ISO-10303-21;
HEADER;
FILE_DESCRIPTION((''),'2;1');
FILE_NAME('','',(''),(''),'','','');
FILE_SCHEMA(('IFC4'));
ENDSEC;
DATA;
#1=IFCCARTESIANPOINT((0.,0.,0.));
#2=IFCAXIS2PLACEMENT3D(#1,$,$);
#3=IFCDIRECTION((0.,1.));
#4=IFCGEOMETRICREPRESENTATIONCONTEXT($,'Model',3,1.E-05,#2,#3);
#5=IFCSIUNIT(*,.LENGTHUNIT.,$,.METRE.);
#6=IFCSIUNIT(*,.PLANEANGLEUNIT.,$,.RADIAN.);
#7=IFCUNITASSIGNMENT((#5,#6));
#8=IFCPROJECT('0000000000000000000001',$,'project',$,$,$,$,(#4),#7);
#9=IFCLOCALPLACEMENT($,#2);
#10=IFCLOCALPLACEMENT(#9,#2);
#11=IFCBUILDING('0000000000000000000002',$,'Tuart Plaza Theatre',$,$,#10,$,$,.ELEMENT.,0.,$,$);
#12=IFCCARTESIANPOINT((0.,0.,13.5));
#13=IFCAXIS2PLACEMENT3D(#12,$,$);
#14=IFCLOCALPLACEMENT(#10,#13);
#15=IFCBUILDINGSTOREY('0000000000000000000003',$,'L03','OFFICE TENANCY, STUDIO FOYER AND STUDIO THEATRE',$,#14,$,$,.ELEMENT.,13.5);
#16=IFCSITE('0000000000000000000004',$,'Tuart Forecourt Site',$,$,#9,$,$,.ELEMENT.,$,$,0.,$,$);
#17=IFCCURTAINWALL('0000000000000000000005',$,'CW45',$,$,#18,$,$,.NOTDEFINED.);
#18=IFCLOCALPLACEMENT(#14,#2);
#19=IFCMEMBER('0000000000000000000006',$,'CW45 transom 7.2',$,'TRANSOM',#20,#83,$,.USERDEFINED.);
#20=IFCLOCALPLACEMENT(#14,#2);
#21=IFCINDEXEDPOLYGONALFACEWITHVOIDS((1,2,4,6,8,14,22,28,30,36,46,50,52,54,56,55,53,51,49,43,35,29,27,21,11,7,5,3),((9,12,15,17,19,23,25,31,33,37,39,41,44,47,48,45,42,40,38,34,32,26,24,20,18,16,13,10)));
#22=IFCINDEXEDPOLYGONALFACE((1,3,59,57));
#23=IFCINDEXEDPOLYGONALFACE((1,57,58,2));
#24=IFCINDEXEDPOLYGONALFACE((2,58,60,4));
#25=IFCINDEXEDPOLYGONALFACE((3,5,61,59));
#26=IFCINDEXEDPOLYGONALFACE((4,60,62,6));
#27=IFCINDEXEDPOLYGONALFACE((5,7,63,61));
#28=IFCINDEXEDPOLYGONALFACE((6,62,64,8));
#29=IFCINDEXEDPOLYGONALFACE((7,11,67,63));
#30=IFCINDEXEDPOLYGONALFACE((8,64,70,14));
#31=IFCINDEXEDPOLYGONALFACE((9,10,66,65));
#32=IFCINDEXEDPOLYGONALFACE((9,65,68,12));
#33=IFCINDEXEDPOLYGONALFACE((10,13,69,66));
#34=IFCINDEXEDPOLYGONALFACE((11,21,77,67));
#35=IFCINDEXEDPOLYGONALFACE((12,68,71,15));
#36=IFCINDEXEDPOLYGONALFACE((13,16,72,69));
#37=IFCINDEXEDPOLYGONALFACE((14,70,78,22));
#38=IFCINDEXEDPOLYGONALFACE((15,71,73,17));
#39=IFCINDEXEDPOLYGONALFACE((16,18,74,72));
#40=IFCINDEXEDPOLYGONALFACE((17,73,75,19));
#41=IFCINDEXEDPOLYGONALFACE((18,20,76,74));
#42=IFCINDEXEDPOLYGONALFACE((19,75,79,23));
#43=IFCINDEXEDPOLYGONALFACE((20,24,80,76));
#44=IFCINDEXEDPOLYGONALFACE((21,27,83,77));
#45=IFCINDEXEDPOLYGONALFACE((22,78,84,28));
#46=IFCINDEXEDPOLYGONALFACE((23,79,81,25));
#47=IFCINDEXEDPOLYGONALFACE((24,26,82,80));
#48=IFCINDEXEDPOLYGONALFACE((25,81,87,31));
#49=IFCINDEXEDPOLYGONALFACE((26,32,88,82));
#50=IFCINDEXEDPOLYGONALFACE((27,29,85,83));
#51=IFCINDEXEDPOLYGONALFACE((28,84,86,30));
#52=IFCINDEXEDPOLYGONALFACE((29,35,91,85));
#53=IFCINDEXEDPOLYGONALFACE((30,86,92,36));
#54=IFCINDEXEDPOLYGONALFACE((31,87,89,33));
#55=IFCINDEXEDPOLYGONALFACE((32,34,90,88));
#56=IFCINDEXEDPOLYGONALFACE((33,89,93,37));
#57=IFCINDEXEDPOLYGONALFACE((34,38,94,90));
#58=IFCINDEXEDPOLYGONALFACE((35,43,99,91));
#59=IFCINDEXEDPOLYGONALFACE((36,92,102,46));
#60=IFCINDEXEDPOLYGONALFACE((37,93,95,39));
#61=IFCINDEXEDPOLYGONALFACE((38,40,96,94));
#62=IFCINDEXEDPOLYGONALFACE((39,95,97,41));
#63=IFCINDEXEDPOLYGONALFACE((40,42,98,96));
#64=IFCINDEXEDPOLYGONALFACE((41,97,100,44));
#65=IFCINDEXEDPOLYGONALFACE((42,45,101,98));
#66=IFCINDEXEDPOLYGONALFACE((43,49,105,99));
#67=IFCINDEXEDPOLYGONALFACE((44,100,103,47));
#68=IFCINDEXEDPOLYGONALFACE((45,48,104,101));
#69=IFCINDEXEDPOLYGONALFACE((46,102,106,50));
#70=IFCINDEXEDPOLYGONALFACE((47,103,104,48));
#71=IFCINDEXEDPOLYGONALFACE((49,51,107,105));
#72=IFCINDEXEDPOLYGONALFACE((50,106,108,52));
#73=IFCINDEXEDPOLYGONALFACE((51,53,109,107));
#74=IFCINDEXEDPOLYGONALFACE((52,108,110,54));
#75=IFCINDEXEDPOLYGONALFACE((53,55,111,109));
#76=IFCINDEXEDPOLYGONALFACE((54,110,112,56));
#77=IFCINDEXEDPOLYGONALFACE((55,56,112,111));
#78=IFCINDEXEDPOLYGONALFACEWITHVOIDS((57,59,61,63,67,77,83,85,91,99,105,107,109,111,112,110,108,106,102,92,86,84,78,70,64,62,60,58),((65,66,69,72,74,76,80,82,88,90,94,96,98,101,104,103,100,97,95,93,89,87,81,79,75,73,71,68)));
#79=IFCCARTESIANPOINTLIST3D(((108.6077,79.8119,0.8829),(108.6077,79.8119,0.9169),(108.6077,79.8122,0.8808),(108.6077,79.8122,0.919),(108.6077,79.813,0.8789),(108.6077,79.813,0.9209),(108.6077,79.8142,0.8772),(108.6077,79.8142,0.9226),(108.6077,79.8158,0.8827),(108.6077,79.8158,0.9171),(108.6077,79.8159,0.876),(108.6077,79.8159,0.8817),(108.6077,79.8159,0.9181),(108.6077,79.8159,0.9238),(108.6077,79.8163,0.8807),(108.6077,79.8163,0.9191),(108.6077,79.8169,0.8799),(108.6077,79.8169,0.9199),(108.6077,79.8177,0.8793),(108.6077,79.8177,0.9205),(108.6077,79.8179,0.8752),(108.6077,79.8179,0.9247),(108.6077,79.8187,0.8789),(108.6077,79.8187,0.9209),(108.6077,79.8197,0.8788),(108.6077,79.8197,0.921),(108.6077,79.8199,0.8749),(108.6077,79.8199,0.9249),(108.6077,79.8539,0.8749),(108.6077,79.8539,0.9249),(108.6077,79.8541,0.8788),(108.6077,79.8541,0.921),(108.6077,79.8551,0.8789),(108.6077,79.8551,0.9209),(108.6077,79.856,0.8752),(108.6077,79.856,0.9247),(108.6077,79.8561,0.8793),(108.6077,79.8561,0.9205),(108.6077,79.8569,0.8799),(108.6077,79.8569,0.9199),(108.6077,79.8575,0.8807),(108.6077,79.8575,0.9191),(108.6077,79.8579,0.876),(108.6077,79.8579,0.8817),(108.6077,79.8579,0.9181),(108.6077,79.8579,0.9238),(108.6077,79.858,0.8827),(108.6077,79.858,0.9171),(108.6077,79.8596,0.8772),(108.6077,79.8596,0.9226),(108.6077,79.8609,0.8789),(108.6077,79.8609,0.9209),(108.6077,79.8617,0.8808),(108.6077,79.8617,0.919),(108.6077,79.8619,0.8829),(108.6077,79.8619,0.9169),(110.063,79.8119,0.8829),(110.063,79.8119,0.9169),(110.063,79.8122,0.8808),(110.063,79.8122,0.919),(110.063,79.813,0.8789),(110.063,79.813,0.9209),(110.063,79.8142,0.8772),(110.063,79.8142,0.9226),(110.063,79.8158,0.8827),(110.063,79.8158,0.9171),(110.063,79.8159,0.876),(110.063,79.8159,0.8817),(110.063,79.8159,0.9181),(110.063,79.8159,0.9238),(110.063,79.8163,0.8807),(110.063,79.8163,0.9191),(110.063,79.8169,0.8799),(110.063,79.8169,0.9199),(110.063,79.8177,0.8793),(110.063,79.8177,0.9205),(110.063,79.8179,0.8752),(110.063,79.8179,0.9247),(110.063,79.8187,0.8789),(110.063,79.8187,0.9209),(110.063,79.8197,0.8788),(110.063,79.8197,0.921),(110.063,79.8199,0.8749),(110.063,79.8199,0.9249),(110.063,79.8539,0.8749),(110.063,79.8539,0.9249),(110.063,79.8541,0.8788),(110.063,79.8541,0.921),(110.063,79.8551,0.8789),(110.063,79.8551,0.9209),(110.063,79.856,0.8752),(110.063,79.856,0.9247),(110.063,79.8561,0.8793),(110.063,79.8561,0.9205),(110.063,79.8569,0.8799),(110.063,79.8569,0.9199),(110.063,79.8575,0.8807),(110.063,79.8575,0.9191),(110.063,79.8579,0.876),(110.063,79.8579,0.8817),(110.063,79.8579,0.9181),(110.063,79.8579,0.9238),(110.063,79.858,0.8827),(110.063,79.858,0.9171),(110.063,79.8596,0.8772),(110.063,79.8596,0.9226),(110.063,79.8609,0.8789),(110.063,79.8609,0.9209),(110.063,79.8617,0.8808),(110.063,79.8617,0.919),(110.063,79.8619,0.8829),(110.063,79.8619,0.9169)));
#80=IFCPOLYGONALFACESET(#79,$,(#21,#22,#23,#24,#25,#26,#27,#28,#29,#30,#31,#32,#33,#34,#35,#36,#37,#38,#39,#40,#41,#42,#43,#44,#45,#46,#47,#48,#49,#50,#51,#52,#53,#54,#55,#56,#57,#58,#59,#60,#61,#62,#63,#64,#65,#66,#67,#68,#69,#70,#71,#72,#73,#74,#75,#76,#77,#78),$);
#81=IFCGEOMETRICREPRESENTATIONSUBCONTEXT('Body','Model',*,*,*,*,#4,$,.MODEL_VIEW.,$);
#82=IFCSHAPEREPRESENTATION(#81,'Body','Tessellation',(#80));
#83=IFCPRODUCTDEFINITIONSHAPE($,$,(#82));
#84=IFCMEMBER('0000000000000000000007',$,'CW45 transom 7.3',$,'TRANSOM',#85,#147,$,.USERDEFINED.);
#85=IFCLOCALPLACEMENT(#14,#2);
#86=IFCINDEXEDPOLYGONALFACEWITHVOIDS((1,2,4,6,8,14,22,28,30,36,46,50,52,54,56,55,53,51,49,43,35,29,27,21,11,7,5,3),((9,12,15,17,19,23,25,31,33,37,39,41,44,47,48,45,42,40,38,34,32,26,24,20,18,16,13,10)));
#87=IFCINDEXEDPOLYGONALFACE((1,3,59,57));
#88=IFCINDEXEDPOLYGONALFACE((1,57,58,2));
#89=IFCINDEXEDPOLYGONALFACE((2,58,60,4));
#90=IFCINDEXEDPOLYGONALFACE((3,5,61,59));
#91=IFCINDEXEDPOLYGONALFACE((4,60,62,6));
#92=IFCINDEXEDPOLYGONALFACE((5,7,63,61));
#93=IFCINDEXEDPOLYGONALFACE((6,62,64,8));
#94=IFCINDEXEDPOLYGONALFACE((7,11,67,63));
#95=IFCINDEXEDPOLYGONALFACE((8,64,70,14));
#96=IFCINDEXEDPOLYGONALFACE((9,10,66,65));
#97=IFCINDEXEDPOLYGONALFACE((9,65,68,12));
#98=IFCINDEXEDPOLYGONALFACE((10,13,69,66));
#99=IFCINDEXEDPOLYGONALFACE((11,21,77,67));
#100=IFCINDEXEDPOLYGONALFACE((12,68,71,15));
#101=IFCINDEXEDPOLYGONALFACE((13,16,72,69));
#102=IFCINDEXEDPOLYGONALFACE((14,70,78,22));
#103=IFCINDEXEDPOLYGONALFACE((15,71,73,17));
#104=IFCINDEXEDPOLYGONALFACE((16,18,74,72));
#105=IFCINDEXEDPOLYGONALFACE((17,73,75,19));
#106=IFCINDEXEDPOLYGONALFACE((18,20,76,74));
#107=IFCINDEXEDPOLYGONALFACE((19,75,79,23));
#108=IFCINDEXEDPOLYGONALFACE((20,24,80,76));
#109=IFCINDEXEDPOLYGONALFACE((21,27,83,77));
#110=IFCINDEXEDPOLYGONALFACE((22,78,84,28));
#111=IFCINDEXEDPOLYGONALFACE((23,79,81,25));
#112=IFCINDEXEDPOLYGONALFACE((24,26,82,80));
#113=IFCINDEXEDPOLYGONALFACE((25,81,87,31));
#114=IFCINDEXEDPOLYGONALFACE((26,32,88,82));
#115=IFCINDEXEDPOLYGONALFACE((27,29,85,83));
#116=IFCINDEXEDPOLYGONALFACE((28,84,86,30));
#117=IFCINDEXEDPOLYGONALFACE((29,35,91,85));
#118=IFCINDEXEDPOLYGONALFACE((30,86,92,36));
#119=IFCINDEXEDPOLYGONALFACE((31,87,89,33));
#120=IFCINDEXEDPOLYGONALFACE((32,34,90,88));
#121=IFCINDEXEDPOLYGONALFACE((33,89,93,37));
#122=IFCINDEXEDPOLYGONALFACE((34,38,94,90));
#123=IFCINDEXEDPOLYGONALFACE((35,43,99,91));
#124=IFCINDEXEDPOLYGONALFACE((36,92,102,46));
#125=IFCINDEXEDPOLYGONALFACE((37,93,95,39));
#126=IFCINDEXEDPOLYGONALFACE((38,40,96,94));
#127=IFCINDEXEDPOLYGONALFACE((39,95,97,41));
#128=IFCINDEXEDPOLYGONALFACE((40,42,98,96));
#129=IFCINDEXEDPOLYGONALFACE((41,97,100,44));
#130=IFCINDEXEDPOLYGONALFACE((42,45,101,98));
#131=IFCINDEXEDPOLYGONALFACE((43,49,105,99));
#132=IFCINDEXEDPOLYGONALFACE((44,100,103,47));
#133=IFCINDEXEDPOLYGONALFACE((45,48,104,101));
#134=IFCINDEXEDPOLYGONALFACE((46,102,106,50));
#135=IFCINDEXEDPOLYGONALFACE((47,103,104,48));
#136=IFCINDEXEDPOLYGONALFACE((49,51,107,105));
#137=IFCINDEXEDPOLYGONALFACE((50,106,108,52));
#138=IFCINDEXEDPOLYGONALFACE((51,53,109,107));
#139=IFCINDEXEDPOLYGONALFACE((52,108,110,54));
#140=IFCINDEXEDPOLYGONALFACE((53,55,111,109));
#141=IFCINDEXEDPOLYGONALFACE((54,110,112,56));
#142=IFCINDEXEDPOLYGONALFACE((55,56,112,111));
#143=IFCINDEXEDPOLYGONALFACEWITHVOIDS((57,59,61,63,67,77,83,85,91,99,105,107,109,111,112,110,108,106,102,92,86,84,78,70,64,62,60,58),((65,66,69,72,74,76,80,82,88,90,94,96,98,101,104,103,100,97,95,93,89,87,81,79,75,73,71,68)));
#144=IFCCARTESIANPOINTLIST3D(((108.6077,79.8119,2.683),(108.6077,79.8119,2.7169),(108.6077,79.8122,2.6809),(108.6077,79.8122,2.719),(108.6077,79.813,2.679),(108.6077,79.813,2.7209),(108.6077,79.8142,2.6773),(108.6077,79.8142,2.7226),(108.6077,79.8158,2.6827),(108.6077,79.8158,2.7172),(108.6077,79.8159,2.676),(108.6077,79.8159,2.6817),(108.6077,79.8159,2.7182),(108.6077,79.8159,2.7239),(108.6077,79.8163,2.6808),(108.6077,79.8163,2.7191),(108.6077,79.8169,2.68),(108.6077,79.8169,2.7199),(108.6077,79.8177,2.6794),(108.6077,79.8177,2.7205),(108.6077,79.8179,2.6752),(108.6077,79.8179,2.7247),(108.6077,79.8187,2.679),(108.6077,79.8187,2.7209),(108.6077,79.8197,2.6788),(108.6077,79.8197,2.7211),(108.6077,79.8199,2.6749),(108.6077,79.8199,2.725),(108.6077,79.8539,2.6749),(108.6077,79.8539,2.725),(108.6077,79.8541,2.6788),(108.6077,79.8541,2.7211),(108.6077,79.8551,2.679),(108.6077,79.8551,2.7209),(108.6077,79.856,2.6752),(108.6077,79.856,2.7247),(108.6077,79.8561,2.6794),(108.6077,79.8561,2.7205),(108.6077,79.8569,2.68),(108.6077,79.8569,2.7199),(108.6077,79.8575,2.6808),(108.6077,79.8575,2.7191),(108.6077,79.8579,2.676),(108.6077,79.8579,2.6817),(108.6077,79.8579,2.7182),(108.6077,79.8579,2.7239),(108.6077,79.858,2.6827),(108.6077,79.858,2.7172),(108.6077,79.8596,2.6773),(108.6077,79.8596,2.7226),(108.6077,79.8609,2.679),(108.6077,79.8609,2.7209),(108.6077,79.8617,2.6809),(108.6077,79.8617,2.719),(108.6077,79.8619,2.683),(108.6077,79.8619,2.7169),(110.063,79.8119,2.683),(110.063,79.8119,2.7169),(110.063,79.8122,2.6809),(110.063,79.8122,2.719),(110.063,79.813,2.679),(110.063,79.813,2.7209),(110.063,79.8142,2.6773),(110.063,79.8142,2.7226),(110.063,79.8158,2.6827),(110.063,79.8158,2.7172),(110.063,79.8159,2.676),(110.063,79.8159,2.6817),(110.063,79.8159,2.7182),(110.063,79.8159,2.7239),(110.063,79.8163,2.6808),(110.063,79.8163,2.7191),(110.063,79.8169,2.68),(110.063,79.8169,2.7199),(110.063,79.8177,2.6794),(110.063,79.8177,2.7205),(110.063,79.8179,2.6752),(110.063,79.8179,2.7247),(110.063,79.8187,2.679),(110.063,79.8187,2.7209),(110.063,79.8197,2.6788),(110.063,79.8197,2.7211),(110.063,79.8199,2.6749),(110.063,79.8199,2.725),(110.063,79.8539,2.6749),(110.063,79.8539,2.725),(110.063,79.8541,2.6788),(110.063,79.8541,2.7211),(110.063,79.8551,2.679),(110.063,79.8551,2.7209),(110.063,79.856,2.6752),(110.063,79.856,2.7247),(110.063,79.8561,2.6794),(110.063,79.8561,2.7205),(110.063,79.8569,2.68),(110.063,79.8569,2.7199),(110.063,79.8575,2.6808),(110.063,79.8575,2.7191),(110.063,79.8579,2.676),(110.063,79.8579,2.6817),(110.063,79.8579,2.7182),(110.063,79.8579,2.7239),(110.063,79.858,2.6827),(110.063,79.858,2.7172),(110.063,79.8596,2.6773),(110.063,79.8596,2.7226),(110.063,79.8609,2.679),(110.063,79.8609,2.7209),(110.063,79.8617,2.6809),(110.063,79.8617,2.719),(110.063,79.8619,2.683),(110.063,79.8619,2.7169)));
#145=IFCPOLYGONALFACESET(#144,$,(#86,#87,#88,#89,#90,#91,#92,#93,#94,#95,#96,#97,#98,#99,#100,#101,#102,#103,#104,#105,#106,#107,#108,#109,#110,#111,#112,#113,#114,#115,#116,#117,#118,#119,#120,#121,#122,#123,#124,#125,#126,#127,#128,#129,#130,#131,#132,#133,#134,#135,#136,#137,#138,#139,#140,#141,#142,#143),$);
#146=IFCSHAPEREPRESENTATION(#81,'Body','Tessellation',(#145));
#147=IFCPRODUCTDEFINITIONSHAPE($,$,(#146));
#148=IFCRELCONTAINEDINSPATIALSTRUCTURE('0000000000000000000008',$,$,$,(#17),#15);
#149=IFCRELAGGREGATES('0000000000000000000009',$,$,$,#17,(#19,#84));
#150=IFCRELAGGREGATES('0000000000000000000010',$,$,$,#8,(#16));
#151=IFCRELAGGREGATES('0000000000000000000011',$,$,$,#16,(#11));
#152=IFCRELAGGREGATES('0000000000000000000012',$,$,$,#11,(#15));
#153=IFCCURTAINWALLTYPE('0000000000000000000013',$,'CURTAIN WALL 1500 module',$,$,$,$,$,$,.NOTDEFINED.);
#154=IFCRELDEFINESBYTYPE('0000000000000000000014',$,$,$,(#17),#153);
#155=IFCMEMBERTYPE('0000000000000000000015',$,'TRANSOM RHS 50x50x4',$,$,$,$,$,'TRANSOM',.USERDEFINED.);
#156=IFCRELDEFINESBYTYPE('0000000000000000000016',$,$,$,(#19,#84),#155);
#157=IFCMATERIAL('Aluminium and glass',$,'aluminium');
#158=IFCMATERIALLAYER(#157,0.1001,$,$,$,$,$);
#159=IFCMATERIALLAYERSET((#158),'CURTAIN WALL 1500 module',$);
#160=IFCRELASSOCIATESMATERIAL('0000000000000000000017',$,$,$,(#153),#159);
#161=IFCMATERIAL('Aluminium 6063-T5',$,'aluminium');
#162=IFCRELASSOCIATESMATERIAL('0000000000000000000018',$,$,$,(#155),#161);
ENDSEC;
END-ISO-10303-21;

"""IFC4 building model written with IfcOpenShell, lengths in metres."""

from ifc_helpers import new_model, si_unit, direction, frame, origin, origin_2d, place, context, subcontext, project, spatial, hollow_rectangle, extrude, material, layer, layer_set, material_profile, profile_set, type_object, element, aggregate, save


model = new_model("IFC4")

# Units and contexts
model_context = context("Model", 3, precision=1e-05, world=origin(), true_north=direction((0.0, 1.0)))
body_context = subcontext(model_context, "Body", "Model", "MODEL_VIEW")
ifc_project = project(units=[si_unit("LENGTHUNIT", "METRE"), si_unit("PLANEANGLEUNIT", "RADIAN")], contexts=[model_context])

# Site, building, storey
site_placement = place(None, origin())
site = spatial("IfcSite", under=ifc_project, at=site_placement, Name="Tuart Forecourt Site", CompositionType="ELEMENT", RefElevation=0.0)
building_placement = place(site_placement, origin())
building = spatial("IfcBuilding", under=site, at=building_placement, Name="Tuart Plaza Theatre", CompositionType="ELEMENT", ElevationOfRefHeight=0.0)
storey_placement = place(building_placement, frame((0.0, 0.0, 13.5)))
storey = spatial("IfcBuildingStorey", under=building, at=storey_placement, Name="L03", Description="OFFICE TENANCY, STUDIO FOYER AND STUDIO THEATRE", CompositionType="ELEMENT", Elevation=13.5)

# Curtain wall
ifc_material_1 = material(Name="Aluminium and glass", Category="aluminium")
ifc_layer_1 = layer(ifc_material_1, 0.1001)
ifc_layer_set_1 = layer_set([ifc_layer_1], Name="CURTAIN WALL 1500 module")
curtain_wall_type_1 = type_object("IfcCurtainWallType", Name="CURTAIN WALL 1500 module", PredefinedType="NOTDEFINED", material=ifc_layer_set_1)
curtain_wall_1_placement = place(storey_placement, origin())
curtain_wall_1 = element("IfcCurtainWall", 1, at=curtain_wall_1_placement, inside=storey, type_object=curtain_wall_type_1, Name="CW45", PredefinedType="NOTDEFINED")

# Members
ifc_material_2 = material(Name="Aluminium 6063-T5", Category="aluminium")
ifc_material_profile_1 = material_profile(ifc_material_2, hollow_rectangle(XDim=0.05, YDim=0.05, WallThickness=0.0039, InnerFilletRadius=0.0039, OuterFilletRadius=0.0081, at=origin_2d()), Name="RHS 50x50x4")
ifc_profile_set_1 = profile_set([ifc_material_profile_1], Name="Aluminium 6063-T5")
member_type_1 = type_object("IfcMemberType", Name="TRANSOM RHS 50x50x4", ElementType="TRANSOM", PredefinedType="USERDEFINED", material=ifc_profile_set_1)
member_1_placement = place(storey_placement, frame((108.6077, 79.8369, 0.8999), z_axis=(1.0, 0.0, 0.0), x_axis=(0.0, 1.0, 0.0)))
member_1 = element("IfcMember", 2, at=member_1_placement, type_object=member_type_1, Name="CW45 transom 7.2", ObjectType="TRANSOM", PredefinedType="USERDEFINED", context=body_context, shape_type="SweptSolid", body=[
    extrude(hollow_rectangle(XDim=0.05, YDim=0.05, WallThickness=0.0039, InnerFilletRadius=0.0039, OuterFilletRadius=0.0081, at=origin_2d()), origin(), (0.0, 0.0, 1.0), 1.4553),
])
member_2_placement = place(storey_placement, frame((108.6077, 79.8369, 2.7), z_axis=(1.0, 0.0, 0.0), x_axis=(0.0, 1.0, 0.0)))
member_2 = element("IfcMember", 3, at=member_2_placement, type_object=member_type_1, Name="CW45 transom 7.3", ObjectType="TRANSOM", PredefinedType="USERDEFINED", context=body_context, shape_type="SweptSolid", body=[
    extrude(hollow_rectangle(XDim=0.05, YDim=0.05, WallThickness=0.0039, InnerFilletRadius=0.0039, OuterFilletRadius=0.0081, at=origin_2d()), origin(), (0.0, 0.0, 1.0), 1.4553),
])

aggregate(curtain_wall_1, [member_1, member_2])

save(model, "model.ifc")
